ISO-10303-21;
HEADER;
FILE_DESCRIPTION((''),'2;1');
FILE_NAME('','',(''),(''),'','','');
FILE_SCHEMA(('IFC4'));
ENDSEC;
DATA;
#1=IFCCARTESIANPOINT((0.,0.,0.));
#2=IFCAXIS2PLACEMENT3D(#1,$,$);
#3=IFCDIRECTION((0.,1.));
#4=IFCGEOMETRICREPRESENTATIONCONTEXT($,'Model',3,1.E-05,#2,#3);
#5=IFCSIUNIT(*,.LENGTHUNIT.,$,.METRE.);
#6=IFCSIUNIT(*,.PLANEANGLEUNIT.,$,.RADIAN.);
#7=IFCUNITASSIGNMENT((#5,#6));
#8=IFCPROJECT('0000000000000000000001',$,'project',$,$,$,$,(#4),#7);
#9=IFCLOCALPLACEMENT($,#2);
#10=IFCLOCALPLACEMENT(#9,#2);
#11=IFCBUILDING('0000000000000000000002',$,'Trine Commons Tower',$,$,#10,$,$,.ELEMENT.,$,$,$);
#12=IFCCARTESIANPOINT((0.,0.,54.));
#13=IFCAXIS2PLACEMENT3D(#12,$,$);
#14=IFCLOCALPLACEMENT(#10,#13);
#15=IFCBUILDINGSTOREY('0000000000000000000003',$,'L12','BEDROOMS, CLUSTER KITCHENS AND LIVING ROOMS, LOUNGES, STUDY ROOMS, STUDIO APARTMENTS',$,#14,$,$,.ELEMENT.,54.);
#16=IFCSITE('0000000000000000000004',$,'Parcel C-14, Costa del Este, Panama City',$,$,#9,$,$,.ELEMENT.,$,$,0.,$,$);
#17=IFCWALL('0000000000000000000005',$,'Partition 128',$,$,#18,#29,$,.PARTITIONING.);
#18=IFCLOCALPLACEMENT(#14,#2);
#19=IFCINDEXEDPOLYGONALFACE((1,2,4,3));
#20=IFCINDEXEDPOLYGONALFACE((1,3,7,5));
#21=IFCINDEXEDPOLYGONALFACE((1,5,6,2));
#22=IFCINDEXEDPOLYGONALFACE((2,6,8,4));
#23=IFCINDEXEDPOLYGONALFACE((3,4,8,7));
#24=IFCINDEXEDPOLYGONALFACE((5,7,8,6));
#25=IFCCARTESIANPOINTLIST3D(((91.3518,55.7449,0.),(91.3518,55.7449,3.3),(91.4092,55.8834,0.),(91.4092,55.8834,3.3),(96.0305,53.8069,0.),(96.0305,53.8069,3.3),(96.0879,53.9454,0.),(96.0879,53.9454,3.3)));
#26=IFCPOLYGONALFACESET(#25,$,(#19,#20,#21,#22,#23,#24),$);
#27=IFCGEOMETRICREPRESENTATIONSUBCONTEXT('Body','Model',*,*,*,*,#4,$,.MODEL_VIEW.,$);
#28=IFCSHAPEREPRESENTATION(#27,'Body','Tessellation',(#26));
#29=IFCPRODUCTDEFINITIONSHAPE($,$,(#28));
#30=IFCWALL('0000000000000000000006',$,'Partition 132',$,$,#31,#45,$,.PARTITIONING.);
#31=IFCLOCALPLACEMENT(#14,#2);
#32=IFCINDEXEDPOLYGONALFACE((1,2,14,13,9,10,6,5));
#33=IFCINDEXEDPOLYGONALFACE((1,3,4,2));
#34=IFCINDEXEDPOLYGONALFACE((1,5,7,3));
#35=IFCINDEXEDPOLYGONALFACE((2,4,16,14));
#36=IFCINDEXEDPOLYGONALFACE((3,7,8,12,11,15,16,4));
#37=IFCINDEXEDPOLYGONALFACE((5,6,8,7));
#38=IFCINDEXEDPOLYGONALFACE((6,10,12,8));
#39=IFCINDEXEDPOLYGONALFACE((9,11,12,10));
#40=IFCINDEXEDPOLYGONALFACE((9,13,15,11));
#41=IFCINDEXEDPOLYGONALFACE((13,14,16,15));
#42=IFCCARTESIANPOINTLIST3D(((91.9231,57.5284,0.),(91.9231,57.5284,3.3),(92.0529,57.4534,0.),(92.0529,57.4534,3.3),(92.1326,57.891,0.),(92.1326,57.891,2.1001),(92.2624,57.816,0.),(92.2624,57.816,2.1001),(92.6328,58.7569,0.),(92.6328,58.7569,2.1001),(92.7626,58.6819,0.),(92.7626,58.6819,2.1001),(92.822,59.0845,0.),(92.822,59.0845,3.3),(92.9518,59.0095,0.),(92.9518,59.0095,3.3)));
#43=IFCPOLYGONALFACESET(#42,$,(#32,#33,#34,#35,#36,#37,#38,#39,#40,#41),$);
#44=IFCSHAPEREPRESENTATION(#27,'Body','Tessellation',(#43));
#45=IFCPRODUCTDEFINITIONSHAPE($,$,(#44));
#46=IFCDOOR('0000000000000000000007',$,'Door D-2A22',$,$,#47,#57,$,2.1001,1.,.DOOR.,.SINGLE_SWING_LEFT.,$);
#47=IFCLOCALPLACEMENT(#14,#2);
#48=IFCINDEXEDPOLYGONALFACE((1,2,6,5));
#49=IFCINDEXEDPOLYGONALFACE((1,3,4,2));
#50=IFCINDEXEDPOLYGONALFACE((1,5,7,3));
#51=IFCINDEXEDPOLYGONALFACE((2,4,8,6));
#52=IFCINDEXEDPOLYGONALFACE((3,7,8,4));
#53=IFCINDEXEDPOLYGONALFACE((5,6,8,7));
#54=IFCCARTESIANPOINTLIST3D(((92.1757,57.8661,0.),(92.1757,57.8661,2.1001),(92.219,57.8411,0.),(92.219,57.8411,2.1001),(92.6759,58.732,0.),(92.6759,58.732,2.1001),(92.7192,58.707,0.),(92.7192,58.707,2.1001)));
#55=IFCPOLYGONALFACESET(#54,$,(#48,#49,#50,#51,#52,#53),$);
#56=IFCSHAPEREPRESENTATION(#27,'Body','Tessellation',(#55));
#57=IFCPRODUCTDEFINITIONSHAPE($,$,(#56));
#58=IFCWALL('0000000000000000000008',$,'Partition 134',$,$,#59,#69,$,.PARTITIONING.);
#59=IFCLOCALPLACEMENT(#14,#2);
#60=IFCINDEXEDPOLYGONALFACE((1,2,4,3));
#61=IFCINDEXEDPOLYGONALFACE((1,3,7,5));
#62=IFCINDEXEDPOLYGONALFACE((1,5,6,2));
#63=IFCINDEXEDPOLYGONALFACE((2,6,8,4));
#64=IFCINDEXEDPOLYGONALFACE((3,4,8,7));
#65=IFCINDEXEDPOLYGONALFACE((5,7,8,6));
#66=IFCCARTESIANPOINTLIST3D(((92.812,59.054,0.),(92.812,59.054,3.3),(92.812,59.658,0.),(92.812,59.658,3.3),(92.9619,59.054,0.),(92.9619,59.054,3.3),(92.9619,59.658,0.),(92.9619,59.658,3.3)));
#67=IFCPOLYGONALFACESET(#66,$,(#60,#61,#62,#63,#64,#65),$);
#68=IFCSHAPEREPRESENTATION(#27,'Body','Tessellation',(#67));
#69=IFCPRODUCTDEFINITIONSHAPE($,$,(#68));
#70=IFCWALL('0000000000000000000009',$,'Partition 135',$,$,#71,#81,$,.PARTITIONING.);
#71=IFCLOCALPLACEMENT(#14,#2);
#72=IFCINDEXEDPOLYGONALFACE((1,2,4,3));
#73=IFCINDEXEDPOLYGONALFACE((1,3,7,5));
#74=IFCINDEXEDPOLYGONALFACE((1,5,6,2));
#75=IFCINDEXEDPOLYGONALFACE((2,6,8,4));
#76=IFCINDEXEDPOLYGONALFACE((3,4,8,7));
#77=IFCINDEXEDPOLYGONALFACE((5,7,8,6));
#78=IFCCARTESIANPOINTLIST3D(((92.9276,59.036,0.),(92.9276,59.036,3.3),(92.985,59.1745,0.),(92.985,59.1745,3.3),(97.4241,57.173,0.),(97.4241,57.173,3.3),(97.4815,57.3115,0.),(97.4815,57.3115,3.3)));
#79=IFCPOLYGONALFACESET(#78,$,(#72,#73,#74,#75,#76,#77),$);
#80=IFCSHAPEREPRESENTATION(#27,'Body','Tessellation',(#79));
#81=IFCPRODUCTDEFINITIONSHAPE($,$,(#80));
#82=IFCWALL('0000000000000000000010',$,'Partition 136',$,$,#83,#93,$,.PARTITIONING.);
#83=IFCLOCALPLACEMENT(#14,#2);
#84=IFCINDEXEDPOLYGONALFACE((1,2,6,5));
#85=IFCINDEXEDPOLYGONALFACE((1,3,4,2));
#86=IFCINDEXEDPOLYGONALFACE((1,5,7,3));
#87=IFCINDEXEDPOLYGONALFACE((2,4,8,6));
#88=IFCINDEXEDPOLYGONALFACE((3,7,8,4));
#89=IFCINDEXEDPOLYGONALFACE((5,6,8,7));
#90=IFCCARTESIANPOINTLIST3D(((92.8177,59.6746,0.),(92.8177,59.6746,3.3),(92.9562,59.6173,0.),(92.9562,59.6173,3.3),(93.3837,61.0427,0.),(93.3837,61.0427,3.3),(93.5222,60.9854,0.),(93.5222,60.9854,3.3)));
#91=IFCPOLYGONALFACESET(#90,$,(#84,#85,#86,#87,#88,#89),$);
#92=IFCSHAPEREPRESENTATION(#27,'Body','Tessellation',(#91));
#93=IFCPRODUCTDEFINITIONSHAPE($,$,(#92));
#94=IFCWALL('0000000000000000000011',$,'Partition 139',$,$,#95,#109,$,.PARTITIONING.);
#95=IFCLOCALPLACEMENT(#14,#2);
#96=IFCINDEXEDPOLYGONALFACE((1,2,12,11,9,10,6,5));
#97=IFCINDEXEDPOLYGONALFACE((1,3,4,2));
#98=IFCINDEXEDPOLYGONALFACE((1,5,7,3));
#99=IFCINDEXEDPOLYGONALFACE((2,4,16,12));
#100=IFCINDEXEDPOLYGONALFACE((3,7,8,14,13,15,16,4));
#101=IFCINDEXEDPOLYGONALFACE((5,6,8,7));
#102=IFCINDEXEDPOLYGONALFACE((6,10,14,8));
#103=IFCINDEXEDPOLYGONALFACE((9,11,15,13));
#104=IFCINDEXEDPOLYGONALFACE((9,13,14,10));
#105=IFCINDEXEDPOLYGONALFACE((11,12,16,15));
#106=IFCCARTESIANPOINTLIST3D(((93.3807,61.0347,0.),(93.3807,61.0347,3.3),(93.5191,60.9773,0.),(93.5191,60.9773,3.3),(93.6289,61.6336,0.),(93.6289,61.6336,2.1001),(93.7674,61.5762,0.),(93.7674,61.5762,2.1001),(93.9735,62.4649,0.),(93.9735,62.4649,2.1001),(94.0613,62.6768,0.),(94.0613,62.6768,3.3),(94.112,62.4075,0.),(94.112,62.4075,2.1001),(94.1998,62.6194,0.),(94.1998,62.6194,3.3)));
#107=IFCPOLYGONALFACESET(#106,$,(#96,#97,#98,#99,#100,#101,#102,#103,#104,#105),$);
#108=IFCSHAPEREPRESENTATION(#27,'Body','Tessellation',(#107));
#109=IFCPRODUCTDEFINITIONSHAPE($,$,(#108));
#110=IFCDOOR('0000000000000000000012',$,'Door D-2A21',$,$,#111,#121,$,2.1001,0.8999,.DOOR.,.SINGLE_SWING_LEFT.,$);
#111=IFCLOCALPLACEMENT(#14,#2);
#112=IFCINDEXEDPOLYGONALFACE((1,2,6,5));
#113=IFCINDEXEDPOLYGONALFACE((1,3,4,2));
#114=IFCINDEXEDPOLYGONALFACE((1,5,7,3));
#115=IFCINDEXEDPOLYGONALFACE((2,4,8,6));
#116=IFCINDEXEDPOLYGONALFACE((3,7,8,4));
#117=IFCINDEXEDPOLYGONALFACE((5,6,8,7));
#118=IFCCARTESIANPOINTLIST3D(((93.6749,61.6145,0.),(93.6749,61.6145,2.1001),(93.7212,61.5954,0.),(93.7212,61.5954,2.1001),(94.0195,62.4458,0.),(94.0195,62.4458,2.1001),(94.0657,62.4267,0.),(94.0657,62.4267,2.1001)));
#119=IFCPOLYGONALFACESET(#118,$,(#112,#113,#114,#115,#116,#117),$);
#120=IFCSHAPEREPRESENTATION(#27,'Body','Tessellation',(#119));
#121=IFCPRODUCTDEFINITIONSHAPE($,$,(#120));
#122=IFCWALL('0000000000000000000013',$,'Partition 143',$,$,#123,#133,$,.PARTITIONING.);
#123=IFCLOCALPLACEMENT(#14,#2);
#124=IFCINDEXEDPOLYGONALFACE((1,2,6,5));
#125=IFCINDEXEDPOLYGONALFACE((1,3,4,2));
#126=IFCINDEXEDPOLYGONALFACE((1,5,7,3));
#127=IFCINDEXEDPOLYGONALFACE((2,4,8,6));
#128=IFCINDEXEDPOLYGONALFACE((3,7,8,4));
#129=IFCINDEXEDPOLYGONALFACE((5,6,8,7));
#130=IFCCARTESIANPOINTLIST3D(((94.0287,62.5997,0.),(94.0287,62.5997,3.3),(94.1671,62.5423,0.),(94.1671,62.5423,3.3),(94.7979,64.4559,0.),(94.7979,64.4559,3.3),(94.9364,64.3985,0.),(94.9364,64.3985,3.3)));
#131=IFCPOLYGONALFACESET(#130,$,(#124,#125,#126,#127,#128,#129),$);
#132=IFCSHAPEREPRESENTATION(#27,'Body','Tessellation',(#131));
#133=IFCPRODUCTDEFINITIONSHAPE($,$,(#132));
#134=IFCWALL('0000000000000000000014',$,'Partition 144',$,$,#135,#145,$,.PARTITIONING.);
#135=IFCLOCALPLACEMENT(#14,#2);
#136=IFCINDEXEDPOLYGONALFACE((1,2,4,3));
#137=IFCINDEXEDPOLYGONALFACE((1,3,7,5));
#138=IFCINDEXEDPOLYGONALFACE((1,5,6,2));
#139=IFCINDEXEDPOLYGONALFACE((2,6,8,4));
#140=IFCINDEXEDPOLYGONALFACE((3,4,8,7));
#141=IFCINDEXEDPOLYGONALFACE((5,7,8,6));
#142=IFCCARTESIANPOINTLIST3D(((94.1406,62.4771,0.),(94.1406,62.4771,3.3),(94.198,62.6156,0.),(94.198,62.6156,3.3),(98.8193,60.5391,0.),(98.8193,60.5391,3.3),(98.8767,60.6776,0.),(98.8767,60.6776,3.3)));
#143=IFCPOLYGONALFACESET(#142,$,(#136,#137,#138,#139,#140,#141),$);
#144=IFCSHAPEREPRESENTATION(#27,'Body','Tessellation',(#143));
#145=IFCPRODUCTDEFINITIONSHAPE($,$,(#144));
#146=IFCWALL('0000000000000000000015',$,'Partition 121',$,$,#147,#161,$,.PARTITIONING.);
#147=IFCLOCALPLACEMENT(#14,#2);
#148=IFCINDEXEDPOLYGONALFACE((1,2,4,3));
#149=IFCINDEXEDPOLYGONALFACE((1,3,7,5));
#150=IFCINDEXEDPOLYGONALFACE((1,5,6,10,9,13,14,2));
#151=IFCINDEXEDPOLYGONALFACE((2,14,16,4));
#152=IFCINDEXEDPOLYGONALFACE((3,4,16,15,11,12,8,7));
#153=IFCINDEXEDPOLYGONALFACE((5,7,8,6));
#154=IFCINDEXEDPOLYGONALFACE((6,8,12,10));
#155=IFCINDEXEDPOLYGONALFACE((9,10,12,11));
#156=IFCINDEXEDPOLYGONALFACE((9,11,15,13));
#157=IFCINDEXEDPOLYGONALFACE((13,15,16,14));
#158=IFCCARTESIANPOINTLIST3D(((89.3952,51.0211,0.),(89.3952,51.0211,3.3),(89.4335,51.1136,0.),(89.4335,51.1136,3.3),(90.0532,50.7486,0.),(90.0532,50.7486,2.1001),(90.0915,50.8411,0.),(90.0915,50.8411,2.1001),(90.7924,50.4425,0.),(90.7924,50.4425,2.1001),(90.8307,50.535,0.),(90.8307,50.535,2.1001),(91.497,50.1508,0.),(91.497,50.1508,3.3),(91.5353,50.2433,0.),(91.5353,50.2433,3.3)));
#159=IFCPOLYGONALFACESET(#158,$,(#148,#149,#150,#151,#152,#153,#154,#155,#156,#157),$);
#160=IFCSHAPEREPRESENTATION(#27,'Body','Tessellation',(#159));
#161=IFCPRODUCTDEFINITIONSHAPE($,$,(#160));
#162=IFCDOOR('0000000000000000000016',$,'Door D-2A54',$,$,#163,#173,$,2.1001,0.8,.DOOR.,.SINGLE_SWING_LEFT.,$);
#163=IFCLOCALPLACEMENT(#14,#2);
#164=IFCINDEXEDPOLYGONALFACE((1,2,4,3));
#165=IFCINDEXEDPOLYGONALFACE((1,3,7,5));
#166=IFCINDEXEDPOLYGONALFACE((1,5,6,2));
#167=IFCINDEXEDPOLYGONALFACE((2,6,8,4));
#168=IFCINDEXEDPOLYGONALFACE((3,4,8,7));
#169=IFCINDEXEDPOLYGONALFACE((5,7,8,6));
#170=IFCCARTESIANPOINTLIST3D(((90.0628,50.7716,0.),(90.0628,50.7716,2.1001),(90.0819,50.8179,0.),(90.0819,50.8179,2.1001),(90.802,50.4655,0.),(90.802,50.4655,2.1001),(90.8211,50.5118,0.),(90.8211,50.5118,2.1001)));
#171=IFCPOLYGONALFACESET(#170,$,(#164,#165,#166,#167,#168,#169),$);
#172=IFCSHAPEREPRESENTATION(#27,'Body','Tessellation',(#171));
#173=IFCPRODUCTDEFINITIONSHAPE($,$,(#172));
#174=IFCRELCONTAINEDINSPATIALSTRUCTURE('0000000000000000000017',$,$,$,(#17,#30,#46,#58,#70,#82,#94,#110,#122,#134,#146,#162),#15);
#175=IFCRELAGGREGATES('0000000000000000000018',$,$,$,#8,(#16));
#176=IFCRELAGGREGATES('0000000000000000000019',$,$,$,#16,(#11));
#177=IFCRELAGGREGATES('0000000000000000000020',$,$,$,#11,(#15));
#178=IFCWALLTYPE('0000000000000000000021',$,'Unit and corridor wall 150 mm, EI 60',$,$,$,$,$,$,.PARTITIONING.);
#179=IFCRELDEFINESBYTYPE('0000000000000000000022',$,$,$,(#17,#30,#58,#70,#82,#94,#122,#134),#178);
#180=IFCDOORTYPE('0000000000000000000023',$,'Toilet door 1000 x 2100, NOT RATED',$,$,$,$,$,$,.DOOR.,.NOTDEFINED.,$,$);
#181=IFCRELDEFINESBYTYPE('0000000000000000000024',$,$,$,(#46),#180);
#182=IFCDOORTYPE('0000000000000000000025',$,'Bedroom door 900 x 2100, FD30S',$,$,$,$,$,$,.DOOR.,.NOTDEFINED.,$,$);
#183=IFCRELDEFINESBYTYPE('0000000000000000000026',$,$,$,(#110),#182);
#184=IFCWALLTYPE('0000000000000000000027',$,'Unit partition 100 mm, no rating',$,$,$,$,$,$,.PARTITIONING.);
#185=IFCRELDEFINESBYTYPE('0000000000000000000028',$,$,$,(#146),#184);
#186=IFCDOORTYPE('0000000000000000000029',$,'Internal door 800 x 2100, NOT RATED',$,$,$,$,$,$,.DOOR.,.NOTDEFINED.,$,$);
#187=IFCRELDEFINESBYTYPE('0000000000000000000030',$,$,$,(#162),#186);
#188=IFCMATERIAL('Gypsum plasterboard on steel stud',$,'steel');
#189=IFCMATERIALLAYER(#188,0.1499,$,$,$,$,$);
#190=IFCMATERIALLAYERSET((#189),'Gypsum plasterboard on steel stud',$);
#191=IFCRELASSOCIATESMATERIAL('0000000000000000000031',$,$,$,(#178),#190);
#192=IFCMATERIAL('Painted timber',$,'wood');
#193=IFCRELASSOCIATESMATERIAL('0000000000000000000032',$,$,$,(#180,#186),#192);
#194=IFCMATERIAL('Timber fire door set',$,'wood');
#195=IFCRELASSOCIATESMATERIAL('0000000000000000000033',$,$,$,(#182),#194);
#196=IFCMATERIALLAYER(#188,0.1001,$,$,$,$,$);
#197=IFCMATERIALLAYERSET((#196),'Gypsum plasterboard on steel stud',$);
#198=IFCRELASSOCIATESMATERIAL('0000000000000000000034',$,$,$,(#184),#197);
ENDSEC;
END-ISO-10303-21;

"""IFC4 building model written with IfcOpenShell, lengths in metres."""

from ifc_helpers import new_model, si_unit, direction, frame, frame_2d, origin, place, context, subcontext, project, spatial, rectangle, extrude, material, layer, layer_set, type_object, element, fill, save


model = new_model("IFC4")

# Units and contexts
model_context = context("Model", 3, precision=1e-05, world=origin(), true_north=direction((0.0, 1.0)))
body_context = subcontext(model_context, "Body", "Model", "MODEL_VIEW")
ifc_project = project(units=[si_unit("LENGTHUNIT", "METRE"), si_unit("PLANEANGLEUNIT", "RADIAN")], contexts=[model_context])

# Site, building, storey
site_placement = place(None, origin())
site = spatial("IfcSite", under=ifc_project, at=site_placement, Name="Parcel C-14, Costa del Este, Panama City", CompositionType="ELEMENT", RefElevation=0.0)
building_placement = place(site_placement, origin())
building = spatial("IfcBuilding", under=site, at=building_placement, Name="Trine Commons Tower", CompositionType="ELEMENT")
storey_placement = place(building_placement, frame((0.0, 0.0, 54.0)))
storey = spatial("IfcBuildingStorey", under=building, at=storey_placement, Name="L12", Description="BEDROOMS, CLUSTER KITCHENS AND LIVING ROOMS, LOUNGES, STUDY ROOMS, STUDIO APARTMENTS", CompositionType="ELEMENT", Elevation=54.0)

# Wall
ifc_material_1 = material(Name="Gypsum plasterboard on steel stud", Category="steel")
ifc_layer_1 = layer(ifc_material_1, 0.1499)
ifc_layer_set_1 = layer_set([ifc_layer_1], Name="Gypsum plasterboard on steel stud")
wall_type_1 = type_object("IfcWallType", Name="Unit and corridor wall 150 mm, EI 60", PredefinedType="PARTITIONING", material=ifc_layer_set_1)
wall_1_placement = place(storey_placement, frame((91.3804, 55.8142, 0.0), z_axis=(0.0, 0.0, 1.0), x_axis=(0.923879, -0.382684, 0.0)))
element("IfcWall", 1, at=wall_1_placement, inside=storey, type_object=wall_type_1, Name="Partition 128", PredefinedType="PARTITIONING", context=body_context, shape_type="SweptSolid", body=[
    extrude(rectangle(XDim=5.0642, YDim=0.1499, at=frame_2d((2.5322, 0.0))), origin(), (0.0, 0.0, 1.0), 3.3),
])

# Wall, opening, door
wall_2_placement = place(storey_placement, frame((91.988, 57.491, 0.0), z_axis=(0.0, 0.0, 1.0), x_axis=(0.500201, 0.86591, 0.0)))
wall_2 = element("IfcWall", 2, at=wall_2_placement, inside=storey, type_object=wall_type_1, Name="Partition 132", PredefinedType="PARTITIONING", context=body_context, shape_type="SweptSolid", body=[
    extrude(rectangle(XDim=1.7971, YDim=0.1499, at=frame_2d((0.8984, 0.0))), origin(), (0.0, 0.0, 1.0), 3.3),
])
opening_1_placement = place(wall_2_placement, frame((0.4187, 0.0, 0.0)))
opening_1 = element("IfcOpeningElement", 3, at=opening_1_placement, cuts=wall_2, PredefinedType="OPENING", context=body_context, shape_type="SweptSolid", body=[
    extrude(rectangle(XDim=1.0, YDim=2.1001, at=frame_2d((0.5, 1.05))), frame((0.0, 0.085, 0.0), z_axis=(0.0, -1.0, 0.0), x_axis=(1.0, 0.0, 0.0)), (0.0, 0.0, 1.0), 0.1699),
])
ifc_material_2 = material(Name="Painted timber", Category="wood")
door_type_1 = type_object("IfcDoorType", Name="Toilet door 1000 x 2100, NOT RATED", OperationType="NOTDEFINED", PredefinedType="DOOR", material=ifc_material_2)
door_1_placement = place(opening_1_placement, frame((1.0, 0.0, 0.0), z_axis=(0.0, 0.0, 1.0), x_axis=(-1.0, 0.0, 0.0)))
door_1 = element("IfcDoor", 4, at=door_1_placement, inside=storey, type_object=door_type_1, Name="Door D-2A22", OperationType="SINGLE_SWING_LEFT", OverallHeight=2.1001, OverallWidth=1.0, PredefinedType="DOOR", context=body_context, shape_type="SweptSolid", body=[
    extrude(rectangle(XDim=1.0, YDim=2.1001, at=frame_2d((0.5, 1.05))), frame((0.0, 0.0249, 0.0), z_axis=(0.0, -1.0, 0.0), x_axis=(1.0, 0.0, 0.0)), (0.0, 0.0, 1.0), 0.05),
])
fill(opening_1, door_1)

# Walls
wall_3_placement = place(storey_placement, frame((92.887, 59.054, 0.0), z_axis=(0.0, 0.0, 1.0), x_axis=(0.0, 1.0, 0.0)))
element("IfcWall", 5, at=wall_3_placement, inside=storey, type_object=wall_type_1, Name="Partition 134", PredefinedType="PARTITIONING", context=body_context, shape_type="SweptSolid", body=[
    extrude(rectangle(XDim=0.604, YDim=0.1499, at=frame_2d((0.302, 0.0))), origin(), (0.0, 0.0, 1.0), 3.3),
])
wall_4_placement = place(storey_placement, frame((92.9563, 59.1052, 0.0), z_axis=(0.0, 0.0, 1.0), x_axis=(0.923844, -0.38277, 0.0)))
element("IfcWall", 6, at=wall_4_placement, inside=storey, type_object=wall_type_1, Name="Partition 135", PredefinedType="PARTITIONING", context=body_context, shape_type="SweptSolid", body=[
    extrude(rectangle(XDim=4.8672, YDim=0.1499, at=frame_2d((2.4336, 0.0))), origin(), (0.0, 0.0, 1.0), 3.3),
])
wall_5_placement = place(storey_placement, frame((92.887, 59.646, 0.0), z_axis=(0.0, 0.0, 1.0), x_axis=(0.382284, 0.924045, 0.0)))
element("IfcWall", 7, at=wall_5_placement, inside=storey, type_object=wall_type_1, Name="Partition 136", PredefinedType="PARTITIONING", context=body_context, shape_type="SweptSolid", body=[
    extrude(rectangle(XDim=1.4805, YDim=0.1499, at=frame_2d((0.7402, 0.0))), origin(), (0.0, 0.0, 1.0), 3.3),
])

# Wall, opening, door
wall_6_placement = place(storey_placement, frame((93.45, 61.0061, 0.0), z_axis=(0.0, 0.0, 1.0), x_axis=(0.382918, 0.923782, 0.0)))
wall_6 = element("IfcWall", 8, at=wall_6_placement, inside=storey, type_object=wall_type_1, Name="Partition 139", PredefinedType="PARTITIONING", context=body_context, shape_type="SweptSolid", body=[
    extrude(rectangle(XDim=1.7776, YDim=0.1499, at=frame_2d((0.8887, 0.0))), origin(), (0.0, 0.0, 1.0), 3.3),
])
opening_2_placement = place(wall_6_placement, frame((0.6482, 0.0, 0.0)))
opening_2 = element("IfcOpeningElement", 9, at=opening_2_placement, cuts=wall_6, PredefinedType="OPENING", context=body_context, shape_type="SweptSolid", body=[
    extrude(rectangle(XDim=0.8999, YDim=2.1001, at=frame_2d((0.45, 1.05))), frame((0.0, 0.085, 0.0), z_axis=(0.0, -1.0, 0.0), x_axis=(1.0, 0.0, 0.0)), (0.0, 0.0, 1.0), 0.1699),
])
ifc_material_3 = material(Name="Timber fire door set", Category="wood")
door_type_2 = type_object("IfcDoorType", Name="Bedroom door 900 x 2100, FD30S", OperationType="NOTDEFINED", PredefinedType="DOOR", material=ifc_material_3)
door_2_placement = place(opening_2_placement, frame((0.8999, 0.0, 0.0), z_axis=(0.0, 0.0, 1.0), x_axis=(-1.0, 0.0, 0.0)))
door_2 = element("IfcDoor", 10, at=door_2_placement, inside=storey, type_object=door_type_2, Name="Door D-2A21", OperationType="SINGLE_SWING_LEFT", OverallHeight=2.1001, OverallWidth=0.8999, PredefinedType="DOOR", context=body_context, shape_type="SweptSolid", body=[
    extrude(rectangle(XDim=0.8999, YDim=2.1001, at=frame_2d((0.45, 1.05))), frame((0.0, 0.0249, 0.0), z_axis=(0.0, -1.0, 0.0), x_axis=(1.0, 0.0, 0.0)), (0.0, 0.0, 1.0), 0.05),
])
fill(opening_2, door_2)

# Walls
wall_7_placement = place(storey_placement, frame((94.0979, 62.571, 0.0), z_axis=(0.0, 0.0, 1.0), x_axis=(0.382863, 0.923805, 0.0)))
element("IfcWall", 11, at=wall_7_placement, inside=storey, type_object=wall_type_1, Name="Partition 143", PredefinedType="PARTITIONING", context=body_context, shape_type="SweptSolid", body=[
    extrude(rectangle(XDim=2.0093, YDim=0.1499, at=frame_2d((1.0046, 0.0))), origin(), (0.0, 0.0, 1.0), 3.3),
])
wall_8_placement = place(storey_placement, frame((94.1692, 62.5464, 0.0), z_axis=(0.0, 0.0, 1.0), x_axis=(0.923879, -0.382684, 0.0)))
element("IfcWall", 12, at=wall_8_placement, inside=storey, type_object=wall_type_1, Name="Partition 144", PredefinedType="PARTITIONING", context=body_context, shape_type="SweptSolid", body=[
    extrude(rectangle(XDim=5.0642, YDim=0.1499, at=frame_2d((2.5322, 0.0))), origin(), (0.0, 0.0, 1.0), 3.3),
])

# Wall, opening, door
ifc_layer_2 = layer(ifc_material_1, 0.1001)
ifc_layer_set_2 = layer_set([ifc_layer_2], Name="Gypsum plasterboard on steel stud")
wall_type_2 = type_object("IfcWallType", Name="Unit partition 100 mm, no rating", PredefinedType="PARTITIONING", material=ifc_layer_set_2)
wall_9_placement = place(storey_placement, frame((89.4143, 51.0674, 0.0), z_axis=(0.0, 0.0, 1.0), x_axis=(0.923916, -0.382595, 0.0)))
wall_9 = element("IfcWall", 13, at=wall_9_placement, inside=storey, type_object=wall_type_2, Name="Partition 121", PredefinedType="PARTITIONING", context=body_context, shape_type="SweptSolid", body=[
    extrude(rectangle(XDim=2.2749, YDim=0.1001, at=frame_2d((1.1375, 0.0))), origin(), (0.0, 0.0, 1.0), 3.3),
])
opening_3_placement = place(wall_9_placement, frame((0.7124, 0.0, 0.0)))
opening_3 = element("IfcOpeningElement", 14, at=opening_3_placement, cuts=wall_9, PredefinedType="OPENING", context=body_context, shape_type="SweptSolid", body=[
    extrude(rectangle(XDim=0.8, YDim=2.1001, at=frame_2d((0.3999, 1.05))), frame((0.0, 0.0601, 0.0), z_axis=(0.0, -1.0, 0.0), x_axis=(1.0, 0.0, 0.0)), (0.0, 0.0, 1.0), 0.1201),
])
door_type_3 = type_object("IfcDoorType", Name="Internal door 800 x 2100, NOT RATED", OperationType="NOTDEFINED", PredefinedType="DOOR", material=ifc_material_2)
door_3_placement = place(opening_3_placement, origin())
door_3 = element("IfcDoor", 15, at=door_3_placement, inside=storey, type_object=door_type_3, Name="Door D-2A54", OperationType="SINGLE_SWING_LEFT", OverallHeight=2.1001, OverallWidth=0.8, PredefinedType="DOOR", context=body_context, shape_type="SweptSolid", body=[
    extrude(rectangle(XDim=0.8, YDim=2.1001, at=frame_2d((0.3999, 1.05))), frame((0.0, 0.0249, 0.0), z_axis=(0.0, -1.0, 0.0), x_axis=(1.0, 0.0, 0.0)), (0.0, 0.0, 1.0), 0.05),
])
fill(opening_3, door_3)

save(model, "model.ifc")
